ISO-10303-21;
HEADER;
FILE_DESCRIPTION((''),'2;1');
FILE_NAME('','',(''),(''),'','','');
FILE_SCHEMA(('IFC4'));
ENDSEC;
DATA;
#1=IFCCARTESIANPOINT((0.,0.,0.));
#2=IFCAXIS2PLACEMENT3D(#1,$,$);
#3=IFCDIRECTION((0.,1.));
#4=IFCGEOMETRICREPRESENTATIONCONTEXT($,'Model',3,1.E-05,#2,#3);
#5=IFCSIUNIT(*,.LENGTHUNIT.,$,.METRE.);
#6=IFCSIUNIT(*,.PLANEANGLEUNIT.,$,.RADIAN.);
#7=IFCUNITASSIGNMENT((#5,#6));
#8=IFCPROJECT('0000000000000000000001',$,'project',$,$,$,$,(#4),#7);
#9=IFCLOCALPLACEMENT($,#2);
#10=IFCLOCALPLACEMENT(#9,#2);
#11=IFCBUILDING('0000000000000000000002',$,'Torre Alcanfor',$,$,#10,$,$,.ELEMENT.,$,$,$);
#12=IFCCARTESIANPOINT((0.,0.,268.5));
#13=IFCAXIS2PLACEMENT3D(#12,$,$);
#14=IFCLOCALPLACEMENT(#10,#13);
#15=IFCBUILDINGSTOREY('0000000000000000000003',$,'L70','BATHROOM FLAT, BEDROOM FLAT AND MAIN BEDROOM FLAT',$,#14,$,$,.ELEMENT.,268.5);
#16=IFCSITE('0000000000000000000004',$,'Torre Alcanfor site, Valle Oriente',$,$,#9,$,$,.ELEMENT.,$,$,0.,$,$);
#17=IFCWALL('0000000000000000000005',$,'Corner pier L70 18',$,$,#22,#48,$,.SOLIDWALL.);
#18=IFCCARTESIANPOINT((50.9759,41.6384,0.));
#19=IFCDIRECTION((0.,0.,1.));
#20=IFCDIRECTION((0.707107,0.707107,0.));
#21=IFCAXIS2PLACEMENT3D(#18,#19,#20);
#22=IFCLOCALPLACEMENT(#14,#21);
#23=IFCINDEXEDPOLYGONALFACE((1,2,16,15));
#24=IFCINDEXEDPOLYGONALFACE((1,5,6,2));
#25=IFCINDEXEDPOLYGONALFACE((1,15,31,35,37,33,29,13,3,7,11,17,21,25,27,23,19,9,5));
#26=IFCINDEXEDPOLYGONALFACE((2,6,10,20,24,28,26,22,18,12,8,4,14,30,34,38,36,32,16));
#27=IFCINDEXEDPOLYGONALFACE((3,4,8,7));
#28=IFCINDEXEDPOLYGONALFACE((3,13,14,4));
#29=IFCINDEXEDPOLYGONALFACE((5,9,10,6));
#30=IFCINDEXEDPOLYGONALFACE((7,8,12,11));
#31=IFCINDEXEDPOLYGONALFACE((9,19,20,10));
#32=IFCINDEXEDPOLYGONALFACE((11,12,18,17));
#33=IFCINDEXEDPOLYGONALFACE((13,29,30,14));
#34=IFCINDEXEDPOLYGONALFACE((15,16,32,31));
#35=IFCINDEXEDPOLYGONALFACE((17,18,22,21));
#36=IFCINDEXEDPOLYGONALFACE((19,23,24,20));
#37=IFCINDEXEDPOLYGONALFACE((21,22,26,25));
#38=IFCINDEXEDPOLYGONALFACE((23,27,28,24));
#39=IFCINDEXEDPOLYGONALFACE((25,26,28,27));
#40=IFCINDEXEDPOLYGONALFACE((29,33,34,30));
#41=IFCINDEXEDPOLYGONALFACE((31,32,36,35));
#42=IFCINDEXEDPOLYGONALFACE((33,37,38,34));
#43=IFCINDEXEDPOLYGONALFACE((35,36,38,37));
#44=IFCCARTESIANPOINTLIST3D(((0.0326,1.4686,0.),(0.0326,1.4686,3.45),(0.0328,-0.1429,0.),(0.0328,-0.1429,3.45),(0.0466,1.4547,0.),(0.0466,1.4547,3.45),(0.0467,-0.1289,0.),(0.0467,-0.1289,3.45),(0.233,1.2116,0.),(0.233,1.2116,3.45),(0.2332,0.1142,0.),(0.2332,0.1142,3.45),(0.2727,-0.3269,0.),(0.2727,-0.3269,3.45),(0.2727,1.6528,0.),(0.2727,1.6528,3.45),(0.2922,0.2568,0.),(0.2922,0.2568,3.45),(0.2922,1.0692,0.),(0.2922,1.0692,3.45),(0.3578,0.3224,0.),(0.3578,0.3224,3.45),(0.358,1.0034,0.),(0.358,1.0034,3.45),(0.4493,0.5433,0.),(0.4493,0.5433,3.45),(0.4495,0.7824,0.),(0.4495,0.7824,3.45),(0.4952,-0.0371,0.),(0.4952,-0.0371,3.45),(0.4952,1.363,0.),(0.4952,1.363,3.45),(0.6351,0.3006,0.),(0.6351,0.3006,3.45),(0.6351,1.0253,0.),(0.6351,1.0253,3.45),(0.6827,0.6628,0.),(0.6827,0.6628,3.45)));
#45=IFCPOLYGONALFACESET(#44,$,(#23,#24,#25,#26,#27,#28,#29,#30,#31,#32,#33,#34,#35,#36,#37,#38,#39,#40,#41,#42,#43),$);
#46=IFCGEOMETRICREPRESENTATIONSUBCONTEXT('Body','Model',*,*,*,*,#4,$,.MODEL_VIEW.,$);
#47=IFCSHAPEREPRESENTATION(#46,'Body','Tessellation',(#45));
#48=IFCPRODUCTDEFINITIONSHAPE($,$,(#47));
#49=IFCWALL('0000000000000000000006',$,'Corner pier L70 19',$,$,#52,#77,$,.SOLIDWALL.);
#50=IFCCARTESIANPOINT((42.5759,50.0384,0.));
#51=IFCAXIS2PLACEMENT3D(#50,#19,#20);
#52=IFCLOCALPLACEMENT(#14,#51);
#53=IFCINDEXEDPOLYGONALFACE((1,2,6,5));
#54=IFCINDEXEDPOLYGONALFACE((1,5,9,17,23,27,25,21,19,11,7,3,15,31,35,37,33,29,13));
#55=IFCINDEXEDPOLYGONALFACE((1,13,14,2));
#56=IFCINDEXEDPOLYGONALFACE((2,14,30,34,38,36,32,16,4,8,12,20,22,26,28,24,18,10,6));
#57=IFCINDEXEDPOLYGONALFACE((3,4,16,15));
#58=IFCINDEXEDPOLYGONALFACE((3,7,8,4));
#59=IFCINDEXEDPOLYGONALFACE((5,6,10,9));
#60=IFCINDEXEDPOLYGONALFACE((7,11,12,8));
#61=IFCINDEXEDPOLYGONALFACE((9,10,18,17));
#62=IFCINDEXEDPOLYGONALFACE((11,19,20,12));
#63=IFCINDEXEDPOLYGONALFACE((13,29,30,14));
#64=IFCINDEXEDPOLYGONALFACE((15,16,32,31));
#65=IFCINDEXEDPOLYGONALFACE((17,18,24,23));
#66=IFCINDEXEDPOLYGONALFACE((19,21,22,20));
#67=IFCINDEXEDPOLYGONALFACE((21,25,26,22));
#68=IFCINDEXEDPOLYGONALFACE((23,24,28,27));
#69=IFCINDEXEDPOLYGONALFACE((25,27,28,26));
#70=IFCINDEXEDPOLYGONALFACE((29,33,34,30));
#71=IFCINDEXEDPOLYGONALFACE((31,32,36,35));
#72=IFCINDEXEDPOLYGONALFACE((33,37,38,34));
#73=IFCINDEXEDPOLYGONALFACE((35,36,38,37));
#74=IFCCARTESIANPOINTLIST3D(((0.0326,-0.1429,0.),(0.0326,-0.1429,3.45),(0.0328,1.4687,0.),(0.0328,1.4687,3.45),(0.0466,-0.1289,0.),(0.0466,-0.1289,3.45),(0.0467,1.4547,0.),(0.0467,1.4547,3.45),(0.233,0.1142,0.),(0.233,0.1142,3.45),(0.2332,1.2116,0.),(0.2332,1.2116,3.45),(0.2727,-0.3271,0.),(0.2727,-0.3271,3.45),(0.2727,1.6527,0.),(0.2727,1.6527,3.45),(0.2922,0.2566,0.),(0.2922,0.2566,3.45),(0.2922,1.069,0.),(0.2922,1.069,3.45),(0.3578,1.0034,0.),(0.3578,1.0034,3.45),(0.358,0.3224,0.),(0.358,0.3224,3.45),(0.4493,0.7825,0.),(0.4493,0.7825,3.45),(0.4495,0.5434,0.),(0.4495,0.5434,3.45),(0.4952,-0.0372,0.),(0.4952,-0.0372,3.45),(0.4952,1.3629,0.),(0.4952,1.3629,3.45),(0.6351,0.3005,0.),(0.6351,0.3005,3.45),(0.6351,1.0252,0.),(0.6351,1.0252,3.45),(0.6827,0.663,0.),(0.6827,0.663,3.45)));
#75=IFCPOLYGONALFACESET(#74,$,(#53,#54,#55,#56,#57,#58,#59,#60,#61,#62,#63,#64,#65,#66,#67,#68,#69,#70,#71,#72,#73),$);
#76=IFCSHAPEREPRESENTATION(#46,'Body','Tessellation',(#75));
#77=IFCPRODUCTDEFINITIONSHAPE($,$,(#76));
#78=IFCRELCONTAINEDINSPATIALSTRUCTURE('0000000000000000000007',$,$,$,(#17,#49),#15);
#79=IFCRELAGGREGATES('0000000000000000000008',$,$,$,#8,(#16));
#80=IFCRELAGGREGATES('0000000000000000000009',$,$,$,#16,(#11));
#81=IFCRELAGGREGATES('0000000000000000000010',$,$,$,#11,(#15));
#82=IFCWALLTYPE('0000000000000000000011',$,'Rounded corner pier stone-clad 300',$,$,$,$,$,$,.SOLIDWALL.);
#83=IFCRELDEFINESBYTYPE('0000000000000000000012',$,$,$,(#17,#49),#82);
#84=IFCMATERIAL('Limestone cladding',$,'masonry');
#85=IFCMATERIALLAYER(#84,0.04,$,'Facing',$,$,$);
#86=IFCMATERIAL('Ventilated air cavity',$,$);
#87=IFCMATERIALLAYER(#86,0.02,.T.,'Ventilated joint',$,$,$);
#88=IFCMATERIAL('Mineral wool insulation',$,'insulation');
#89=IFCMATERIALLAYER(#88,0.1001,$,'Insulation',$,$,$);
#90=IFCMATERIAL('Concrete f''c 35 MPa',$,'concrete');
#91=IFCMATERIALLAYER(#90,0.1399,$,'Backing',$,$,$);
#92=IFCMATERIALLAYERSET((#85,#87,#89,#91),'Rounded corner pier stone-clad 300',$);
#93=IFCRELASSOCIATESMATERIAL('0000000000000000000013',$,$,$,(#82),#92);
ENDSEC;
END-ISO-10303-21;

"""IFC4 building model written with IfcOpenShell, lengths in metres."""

from ifc_helpers import new_model, si_unit, direction, frame, origin, place, context, subcontext, project, spatial, polyline, outline, extrude, material, layer, layer_set, type_object, element, save


model = new_model("IFC4")

# Units and contexts
model_context = context("Model", 3, precision=1e-05, world=origin(), true_north=direction((0.0, 1.0)))
body_context = subcontext(model_context, "Body", "Model", "MODEL_VIEW")
ifc_project = project(units=[si_unit("LENGTHUNIT", "METRE"), si_unit("PLANEANGLEUNIT", "RADIAN")], contexts=[model_context])

# Site, building, storey
site_placement = place(None, origin())
site = spatial("IfcSite", under=ifc_project, at=site_placement, Name="Torre Alcanfor site, Valle Oriente", CompositionType="ELEMENT", RefElevation=0.0)
building_placement = place(site_placement, origin())
building = spatial("IfcBuilding", under=site, at=building_placement, Name="Torre Alcanfor", CompositionType="ELEMENT")
storey_placement = place(building_placement, frame((0.0, 0.0, 268.5)))
storey = spatial("IfcBuildingStorey", under=building, at=storey_placement, Name="L70", Description="BATHROOM FLAT, BEDROOM FLAT AND MAIN BEDROOM FLAT", CompositionType="ELEMENT", Elevation=268.5)

# Shared definitions
ifc_material_1 = material(Name="Limestone cladding", Category="masonry")
ifc_material_2 = material(Name="Ventilated air cavity")
ifc_material_3 = material(Name="Mineral wool insulation", Category="insulation")
ifc_material_4 = material(Name="Concrete f'c 35 MPa", Category="concrete")

# Walls
ifc_layer_1 = layer(ifc_material_1, 0.04, Name="Facing")
ifc_layer_2 = layer(ifc_material_2, 0.02, ventilated=True, Name="Ventilated joint")
ifc_layer_3 = layer(ifc_material_3, 0.1001, Name="Insulation")
ifc_layer_4 = layer(ifc_material_4, 0.1399, Name="Backing")
ifc_layer_set_1 = layer_set([ifc_layer_1, ifc_layer_2, ifc_layer_3, ifc_layer_4], Name="Rounded corner pier stone-clad 300")
wall_type_1 = type_object("IfcWallType", Name="Rounded corner pier stone-clad 300", PredefinedType="SOLIDWALL", material=ifc_layer_set_1)
wall_1_placement = place(storey_placement, frame((50.9759, 41.6384, 0.0), z_axis=(0.0, 0.0, 1.0), x_axis=(0.707107, 0.707107, 0.0)))
element("IfcWall", 1, at=wall_1_placement, inside=storey, type_object=wall_type_1, Name="Corner pier L70 18", PredefinedType="SOLIDWALL", context=body_context, shape_type="SweptSolid", body=[
    extrude(outline(polyline([(0.2332, 0.1142), (0.0467, -0.1289), (0.0328, -0.1429), (0.2727, -0.3269), (0.4952, -0.0371), (0.6351, 0.3006), (0.6827, 0.6628), (0.6351, 1.0253), (0.4952, 1.363), (0.2727, 1.6528), (0.0326, 1.4686), (0.0466, 1.4547), (0.233, 1.2116), (0.2922, 1.0692), (0.358, 1.0034), (0.4495, 0.7824), (0.4493, 0.5433), (0.3578, 0.3224), (0.2922, 0.2568), (0.2332, 0.1142)])), origin(), (0.0, 0.0, 1.0), 3.45),
])
wall_2_placement = place(storey_placement, frame((42.5759, 50.0384, 0.0), z_axis=(0.0, 0.0, 1.0), x_axis=(0.707107, 0.707107, 0.0)))
element("IfcWall", 2, at=wall_2_placement, inside=storey, type_object=wall_type_1, Name="Corner pier L70 19", PredefinedType="SOLIDWALL", context=body_context, shape_type="SweptSolid", body=[
    extrude(outline(polyline([(0.233, 0.1142), (0.0466, -0.1289), (0.0326, -0.1429), (0.2727, -0.3271), (0.4952, -0.0372), (0.6351, 0.3005), (0.6827, 0.663), (0.6351, 1.0252), (0.4952, 1.3629), (0.2727, 1.6527), (0.0328, 1.4687), (0.0467, 1.4547), (0.2332, 1.2116), (0.2922, 1.069), (0.3578, 1.0034), (0.4493, 0.7825), (0.4495, 0.5434), (0.358, 0.3224), (0.2922, 0.2566), (0.233, 0.1142)])), origin(), (0.0, 0.0, 1.0), 3.45),
])

save(model, "model.ifc")
